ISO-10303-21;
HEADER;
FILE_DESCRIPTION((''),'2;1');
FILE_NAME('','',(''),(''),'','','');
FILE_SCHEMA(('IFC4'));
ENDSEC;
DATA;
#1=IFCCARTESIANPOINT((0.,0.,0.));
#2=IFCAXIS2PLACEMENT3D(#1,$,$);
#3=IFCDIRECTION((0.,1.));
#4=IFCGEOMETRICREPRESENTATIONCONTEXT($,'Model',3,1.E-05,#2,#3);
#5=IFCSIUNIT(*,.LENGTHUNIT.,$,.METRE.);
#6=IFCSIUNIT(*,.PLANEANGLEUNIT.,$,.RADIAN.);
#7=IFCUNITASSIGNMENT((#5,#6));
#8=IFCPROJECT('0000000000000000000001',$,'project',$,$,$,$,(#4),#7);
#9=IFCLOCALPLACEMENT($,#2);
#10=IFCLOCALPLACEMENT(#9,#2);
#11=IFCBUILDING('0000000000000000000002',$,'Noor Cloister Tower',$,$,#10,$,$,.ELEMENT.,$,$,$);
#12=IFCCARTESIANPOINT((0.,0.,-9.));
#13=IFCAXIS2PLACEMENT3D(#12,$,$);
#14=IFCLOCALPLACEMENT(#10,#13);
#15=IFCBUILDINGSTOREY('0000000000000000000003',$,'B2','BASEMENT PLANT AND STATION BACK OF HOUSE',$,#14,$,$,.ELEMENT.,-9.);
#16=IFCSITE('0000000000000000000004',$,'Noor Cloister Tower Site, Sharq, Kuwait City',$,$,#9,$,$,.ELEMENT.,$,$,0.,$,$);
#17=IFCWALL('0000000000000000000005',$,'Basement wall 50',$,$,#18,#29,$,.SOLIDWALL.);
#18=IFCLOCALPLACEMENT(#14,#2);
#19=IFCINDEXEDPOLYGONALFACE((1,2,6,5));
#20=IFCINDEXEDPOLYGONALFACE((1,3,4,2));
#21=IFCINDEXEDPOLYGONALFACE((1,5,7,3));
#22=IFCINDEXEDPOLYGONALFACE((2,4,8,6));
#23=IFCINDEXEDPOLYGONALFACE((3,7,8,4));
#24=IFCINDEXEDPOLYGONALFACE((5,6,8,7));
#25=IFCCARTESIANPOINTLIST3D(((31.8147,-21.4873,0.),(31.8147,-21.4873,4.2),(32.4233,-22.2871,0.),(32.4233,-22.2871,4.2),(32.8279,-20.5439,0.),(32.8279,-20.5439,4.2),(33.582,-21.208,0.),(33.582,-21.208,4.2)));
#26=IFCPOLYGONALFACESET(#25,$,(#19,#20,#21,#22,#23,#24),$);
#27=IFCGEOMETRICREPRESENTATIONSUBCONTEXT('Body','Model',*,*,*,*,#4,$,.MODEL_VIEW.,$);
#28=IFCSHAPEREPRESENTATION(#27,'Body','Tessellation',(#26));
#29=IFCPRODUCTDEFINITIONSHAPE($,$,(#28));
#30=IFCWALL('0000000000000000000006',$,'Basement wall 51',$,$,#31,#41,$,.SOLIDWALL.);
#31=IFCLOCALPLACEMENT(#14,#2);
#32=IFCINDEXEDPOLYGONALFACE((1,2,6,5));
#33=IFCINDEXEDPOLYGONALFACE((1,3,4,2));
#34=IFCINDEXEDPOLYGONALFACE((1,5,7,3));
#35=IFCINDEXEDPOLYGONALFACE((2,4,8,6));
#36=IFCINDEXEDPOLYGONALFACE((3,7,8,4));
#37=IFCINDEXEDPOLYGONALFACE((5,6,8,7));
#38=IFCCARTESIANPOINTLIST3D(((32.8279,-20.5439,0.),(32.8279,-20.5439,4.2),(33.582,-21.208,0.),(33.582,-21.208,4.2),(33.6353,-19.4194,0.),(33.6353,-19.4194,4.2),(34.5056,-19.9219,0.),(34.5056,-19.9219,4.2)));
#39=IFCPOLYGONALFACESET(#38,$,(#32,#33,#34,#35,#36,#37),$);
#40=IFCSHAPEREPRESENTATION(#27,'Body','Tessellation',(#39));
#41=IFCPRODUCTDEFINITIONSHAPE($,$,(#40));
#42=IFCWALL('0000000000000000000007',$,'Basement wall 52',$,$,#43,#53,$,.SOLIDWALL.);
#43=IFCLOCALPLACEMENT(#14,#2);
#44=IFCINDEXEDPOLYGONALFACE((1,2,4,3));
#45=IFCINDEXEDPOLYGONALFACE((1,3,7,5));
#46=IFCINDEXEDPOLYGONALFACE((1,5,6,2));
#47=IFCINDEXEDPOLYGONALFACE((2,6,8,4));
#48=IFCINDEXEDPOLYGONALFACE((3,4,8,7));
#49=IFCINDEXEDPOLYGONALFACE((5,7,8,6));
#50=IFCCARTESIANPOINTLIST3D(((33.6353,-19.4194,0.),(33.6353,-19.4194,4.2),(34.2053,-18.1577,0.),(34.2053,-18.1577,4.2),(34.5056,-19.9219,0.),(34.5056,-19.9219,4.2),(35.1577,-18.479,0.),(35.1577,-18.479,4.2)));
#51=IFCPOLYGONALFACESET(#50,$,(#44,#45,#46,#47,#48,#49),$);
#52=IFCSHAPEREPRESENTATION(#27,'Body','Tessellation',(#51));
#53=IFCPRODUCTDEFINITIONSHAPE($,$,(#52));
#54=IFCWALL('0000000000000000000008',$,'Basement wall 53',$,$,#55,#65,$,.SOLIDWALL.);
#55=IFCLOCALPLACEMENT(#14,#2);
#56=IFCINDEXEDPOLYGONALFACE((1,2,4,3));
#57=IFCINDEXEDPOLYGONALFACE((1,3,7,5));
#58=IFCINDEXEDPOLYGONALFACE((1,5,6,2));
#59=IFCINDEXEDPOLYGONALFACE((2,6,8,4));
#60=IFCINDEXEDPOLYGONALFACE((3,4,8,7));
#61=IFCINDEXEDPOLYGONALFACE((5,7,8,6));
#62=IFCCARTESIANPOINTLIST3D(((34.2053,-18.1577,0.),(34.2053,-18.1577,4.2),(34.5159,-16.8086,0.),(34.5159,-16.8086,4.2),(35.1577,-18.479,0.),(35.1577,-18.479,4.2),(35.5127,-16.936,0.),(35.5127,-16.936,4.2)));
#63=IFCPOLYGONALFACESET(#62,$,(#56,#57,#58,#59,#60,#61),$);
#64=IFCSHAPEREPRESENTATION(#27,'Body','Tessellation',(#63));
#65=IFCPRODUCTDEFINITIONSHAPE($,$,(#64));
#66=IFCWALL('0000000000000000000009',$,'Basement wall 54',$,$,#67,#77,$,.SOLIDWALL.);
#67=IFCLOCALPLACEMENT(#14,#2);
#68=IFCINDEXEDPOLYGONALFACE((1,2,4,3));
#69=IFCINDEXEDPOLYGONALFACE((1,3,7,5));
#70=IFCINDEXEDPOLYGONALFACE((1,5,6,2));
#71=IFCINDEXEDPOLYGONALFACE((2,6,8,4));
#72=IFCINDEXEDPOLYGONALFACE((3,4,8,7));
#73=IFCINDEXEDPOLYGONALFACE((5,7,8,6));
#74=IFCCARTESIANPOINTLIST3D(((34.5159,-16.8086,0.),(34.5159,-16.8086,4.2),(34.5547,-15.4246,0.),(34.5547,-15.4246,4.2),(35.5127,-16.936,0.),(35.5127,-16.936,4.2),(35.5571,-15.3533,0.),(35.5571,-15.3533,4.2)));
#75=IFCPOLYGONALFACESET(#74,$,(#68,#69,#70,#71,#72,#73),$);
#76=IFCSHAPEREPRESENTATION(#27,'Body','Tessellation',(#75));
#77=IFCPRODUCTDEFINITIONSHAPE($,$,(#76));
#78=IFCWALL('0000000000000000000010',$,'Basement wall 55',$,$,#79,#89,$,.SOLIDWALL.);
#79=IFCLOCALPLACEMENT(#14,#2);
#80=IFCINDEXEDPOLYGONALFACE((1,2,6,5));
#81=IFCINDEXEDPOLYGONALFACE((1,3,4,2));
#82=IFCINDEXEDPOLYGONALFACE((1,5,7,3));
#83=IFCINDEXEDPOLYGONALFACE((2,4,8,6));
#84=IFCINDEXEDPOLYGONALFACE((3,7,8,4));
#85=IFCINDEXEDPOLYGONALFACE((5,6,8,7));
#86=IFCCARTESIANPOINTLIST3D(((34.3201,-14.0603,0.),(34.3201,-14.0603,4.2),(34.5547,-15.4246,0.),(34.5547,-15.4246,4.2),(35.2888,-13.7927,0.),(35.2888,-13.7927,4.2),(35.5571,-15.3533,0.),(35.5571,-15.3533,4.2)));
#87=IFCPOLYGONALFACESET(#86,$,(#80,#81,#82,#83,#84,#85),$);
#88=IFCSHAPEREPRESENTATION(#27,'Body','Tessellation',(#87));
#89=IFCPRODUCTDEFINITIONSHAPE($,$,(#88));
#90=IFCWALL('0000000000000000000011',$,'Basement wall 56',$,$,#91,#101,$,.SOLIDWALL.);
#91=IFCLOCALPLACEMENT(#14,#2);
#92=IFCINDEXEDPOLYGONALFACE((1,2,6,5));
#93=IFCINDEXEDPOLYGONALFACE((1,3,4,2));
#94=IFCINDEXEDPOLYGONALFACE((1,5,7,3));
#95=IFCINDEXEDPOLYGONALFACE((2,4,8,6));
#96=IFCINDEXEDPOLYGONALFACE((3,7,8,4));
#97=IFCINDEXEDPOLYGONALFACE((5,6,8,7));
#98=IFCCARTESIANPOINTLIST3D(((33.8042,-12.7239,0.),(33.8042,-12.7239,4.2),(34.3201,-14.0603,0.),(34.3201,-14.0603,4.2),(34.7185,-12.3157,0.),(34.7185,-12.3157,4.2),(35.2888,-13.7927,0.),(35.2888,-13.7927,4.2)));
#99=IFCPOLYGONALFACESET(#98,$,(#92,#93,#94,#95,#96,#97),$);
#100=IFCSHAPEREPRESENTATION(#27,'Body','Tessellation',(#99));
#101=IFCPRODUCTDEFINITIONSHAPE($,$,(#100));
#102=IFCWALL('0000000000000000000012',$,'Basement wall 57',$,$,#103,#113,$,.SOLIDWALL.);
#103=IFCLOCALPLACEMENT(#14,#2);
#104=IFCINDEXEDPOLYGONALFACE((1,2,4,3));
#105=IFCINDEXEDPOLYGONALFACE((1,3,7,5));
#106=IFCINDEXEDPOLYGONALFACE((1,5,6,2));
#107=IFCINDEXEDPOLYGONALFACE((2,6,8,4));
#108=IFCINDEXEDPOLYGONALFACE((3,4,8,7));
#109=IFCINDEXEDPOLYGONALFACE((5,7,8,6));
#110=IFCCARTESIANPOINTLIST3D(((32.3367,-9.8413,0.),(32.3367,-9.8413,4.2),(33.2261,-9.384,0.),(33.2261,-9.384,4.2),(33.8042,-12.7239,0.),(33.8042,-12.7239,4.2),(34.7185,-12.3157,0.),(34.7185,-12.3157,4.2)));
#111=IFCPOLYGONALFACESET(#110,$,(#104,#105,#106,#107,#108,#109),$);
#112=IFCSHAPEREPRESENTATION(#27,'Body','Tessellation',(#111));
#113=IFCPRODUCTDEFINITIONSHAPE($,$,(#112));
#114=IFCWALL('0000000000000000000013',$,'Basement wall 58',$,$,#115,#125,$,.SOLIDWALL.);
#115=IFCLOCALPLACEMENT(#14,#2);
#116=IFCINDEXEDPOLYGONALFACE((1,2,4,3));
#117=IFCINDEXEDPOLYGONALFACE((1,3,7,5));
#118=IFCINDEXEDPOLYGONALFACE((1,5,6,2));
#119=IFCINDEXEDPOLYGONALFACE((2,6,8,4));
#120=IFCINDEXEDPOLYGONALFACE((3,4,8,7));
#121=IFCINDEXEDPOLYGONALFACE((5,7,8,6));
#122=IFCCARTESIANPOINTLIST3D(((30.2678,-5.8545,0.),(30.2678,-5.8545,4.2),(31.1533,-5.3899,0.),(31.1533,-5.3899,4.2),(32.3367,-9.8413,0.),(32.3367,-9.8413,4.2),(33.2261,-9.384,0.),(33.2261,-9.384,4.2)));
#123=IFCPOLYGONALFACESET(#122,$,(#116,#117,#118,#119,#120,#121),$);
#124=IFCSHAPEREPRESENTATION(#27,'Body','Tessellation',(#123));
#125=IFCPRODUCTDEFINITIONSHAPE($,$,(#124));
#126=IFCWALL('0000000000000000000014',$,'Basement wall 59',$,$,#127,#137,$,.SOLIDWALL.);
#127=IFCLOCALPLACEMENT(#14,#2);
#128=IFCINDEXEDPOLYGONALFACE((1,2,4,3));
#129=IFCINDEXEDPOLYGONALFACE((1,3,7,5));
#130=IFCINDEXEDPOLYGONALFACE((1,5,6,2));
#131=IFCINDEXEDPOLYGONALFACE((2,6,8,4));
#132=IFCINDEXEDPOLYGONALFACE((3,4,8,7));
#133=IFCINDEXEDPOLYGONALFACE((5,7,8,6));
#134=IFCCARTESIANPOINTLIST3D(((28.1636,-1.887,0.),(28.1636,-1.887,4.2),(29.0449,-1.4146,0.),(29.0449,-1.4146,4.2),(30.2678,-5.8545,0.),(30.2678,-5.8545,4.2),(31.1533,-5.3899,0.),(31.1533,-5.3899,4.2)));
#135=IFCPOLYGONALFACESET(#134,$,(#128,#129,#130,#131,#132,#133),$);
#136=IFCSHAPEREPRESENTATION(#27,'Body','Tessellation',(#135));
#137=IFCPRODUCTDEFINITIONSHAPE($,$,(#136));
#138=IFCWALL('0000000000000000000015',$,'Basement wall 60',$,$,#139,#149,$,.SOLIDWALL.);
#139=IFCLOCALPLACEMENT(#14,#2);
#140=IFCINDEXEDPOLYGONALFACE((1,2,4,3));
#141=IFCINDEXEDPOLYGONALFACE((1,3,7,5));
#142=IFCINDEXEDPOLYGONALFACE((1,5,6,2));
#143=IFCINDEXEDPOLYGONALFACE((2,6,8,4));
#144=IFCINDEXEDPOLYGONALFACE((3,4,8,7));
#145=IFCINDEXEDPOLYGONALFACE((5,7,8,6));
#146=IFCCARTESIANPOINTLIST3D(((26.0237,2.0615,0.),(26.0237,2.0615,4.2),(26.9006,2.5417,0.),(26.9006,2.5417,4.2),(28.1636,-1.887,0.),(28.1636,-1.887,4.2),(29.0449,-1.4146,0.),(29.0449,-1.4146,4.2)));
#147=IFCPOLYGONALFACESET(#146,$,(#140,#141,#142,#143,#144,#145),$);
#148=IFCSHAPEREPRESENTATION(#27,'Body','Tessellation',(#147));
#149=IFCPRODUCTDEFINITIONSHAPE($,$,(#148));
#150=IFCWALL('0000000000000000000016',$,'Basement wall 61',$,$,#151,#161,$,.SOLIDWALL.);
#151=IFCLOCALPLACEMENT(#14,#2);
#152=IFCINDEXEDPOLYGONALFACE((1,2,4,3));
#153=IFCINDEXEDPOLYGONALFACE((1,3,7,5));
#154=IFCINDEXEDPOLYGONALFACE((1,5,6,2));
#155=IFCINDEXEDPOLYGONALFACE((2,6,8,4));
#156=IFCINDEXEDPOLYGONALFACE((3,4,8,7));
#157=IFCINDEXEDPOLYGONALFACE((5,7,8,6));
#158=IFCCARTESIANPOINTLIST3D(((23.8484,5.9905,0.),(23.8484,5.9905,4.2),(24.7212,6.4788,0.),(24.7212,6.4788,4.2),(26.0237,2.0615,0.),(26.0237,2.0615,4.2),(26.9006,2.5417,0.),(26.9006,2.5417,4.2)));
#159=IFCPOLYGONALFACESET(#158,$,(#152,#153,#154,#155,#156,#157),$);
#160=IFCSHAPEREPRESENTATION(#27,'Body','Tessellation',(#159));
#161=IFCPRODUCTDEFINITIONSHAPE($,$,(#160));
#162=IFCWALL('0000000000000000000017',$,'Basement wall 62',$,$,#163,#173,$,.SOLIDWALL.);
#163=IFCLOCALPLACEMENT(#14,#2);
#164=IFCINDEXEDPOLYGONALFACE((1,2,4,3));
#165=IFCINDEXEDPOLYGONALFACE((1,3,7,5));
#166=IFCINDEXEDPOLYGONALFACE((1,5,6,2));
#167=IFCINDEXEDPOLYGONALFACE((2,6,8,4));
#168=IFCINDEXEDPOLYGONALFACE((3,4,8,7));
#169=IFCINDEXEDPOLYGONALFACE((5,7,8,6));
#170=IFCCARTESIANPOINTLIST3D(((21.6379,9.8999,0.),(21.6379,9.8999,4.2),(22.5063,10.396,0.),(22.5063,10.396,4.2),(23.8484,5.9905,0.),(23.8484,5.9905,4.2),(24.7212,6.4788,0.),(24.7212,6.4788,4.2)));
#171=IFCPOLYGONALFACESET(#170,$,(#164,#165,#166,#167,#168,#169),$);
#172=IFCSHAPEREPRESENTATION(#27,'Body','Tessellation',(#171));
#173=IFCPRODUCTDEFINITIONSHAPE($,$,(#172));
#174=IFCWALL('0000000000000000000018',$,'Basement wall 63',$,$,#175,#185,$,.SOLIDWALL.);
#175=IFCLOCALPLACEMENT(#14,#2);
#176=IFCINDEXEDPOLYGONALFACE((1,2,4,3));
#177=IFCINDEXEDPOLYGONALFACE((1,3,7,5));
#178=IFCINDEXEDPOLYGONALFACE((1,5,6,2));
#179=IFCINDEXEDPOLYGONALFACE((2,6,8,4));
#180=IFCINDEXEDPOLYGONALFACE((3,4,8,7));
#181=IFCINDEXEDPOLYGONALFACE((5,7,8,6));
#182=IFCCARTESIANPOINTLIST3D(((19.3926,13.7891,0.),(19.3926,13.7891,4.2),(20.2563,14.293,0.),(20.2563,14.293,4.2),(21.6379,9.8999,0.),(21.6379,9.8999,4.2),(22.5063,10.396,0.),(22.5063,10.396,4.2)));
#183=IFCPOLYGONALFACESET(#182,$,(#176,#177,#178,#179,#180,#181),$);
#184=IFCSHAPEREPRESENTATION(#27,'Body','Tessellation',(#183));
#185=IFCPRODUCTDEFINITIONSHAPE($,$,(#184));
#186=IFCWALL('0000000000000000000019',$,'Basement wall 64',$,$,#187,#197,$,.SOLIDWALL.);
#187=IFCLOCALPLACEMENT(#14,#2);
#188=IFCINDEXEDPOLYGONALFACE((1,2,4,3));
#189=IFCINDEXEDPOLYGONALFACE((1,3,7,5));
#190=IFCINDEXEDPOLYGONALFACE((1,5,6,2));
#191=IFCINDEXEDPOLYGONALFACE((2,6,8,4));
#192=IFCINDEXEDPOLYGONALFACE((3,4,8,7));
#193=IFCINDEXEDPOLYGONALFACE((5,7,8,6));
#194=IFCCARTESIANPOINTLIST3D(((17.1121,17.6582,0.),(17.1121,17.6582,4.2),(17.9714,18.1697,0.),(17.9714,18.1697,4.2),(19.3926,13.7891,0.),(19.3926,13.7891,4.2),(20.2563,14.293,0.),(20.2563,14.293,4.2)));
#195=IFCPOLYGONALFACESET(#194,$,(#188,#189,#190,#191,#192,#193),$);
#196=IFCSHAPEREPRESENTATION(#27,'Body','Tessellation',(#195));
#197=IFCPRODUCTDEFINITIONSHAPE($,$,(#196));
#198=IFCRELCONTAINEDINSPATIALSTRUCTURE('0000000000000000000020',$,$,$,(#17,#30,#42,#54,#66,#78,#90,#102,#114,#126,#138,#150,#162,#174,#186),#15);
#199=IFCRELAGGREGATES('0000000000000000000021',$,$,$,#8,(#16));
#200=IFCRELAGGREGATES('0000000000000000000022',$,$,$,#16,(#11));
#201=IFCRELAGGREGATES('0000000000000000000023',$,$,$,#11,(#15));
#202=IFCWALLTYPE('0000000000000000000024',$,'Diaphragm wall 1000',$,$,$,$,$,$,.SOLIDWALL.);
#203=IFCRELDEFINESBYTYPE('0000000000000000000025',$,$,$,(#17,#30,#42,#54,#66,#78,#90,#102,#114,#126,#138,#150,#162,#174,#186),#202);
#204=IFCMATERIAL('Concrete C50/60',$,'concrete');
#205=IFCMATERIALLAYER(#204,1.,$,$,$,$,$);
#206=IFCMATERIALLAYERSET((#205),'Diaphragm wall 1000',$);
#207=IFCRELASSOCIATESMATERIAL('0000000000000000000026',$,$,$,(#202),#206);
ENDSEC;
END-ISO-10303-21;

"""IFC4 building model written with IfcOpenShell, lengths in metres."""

from ifc_helpers import new_model, si_unit, direction, frame, origin, place, context, subcontext, project, spatial, polyline, outline, extrude, material, layer, layer_set, type_object, element, save


model = new_model("IFC4")

# Units and contexts
model_context = context("Model", 3, precision=1e-05, world=origin(), true_north=direction((0.0, 1.0)))
body_context = subcontext(model_context, "Body", "Model", "MODEL_VIEW")
ifc_project = project(units=[si_unit("LENGTHUNIT", "METRE"), si_unit("PLANEANGLEUNIT", "RADIAN")], contexts=[model_context])

# Site, building, storey
site_placement = place(None, origin())
site = spatial("IfcSite", under=ifc_project, at=site_placement, Name="Noor Cloister Tower Site, Sharq, Kuwait City", CompositionType="ELEMENT", RefElevation=0.0)
building_placement = place(site_placement, origin())
building = spatial("IfcBuilding", under=site, at=building_placement, Name="Noor Cloister Tower", CompositionType="ELEMENT")
storey_placement = place(building_placement, frame((0.0, 0.0, -9.0)))
storey = spatial("IfcBuildingStorey", under=building, at=storey_placement, Name="B2", Description="BASEMENT PLANT AND STATION BACK OF HOUSE", CompositionType="ELEMENT", Elevation=-9.0)

# Walls
ifc_material_1 = material(Name="Concrete C50/60", Category="concrete")
ifc_layer_1 = layer(ifc_material_1, 1.0)
ifc_layer_set_1 = layer_set([ifc_layer_1], Name="Diaphragm wall 1000")
wall_type_1 = type_object("IfcWallType", Name="Diaphragm wall 1000", PredefinedType="SOLIDWALL", material=ifc_layer_set_1)
wall_1_placement = place(storey_placement, origin())
element("IfcWall", 1, at=wall_1_placement, inside=storey, type_object=wall_type_1, Name="Basement wall 50", PredefinedType="SOLIDWALL", context=body_context, shape_type="SweptSolid", body=[
    extrude(outline(polyline([(32.4233, -22.2871), (33.582, -21.208), (32.8279, -20.5439), (31.8147, -21.4873), (32.4233, -22.2871)])), origin(), (0.0, 0.0, 1.0), 4.2),
])
wall_2_placement = place(storey_placement, origin())
element("IfcWall", 2, at=wall_2_placement, inside=storey, type_object=wall_type_1, Name="Basement wall 51", PredefinedType="SOLIDWALL", context=body_context, shape_type="SweptSolid", body=[
    extrude(outline(polyline([(33.582, -21.208), (34.5056, -19.9219), (33.6353, -19.4194), (32.8279, -20.5439), (33.582, -21.208)])), origin(), (0.0, 0.0, 1.0), 4.2),
])
wall_3_placement = place(storey_placement, origin())
element("IfcWall", 3, at=wall_3_placement, inside=storey, type_object=wall_type_1, Name="Basement wall 52", PredefinedType="SOLIDWALL", context=body_context, shape_type="SweptSolid", body=[
    extrude(outline(polyline([(34.5056, -19.9219), (35.1577, -18.479), (34.2053, -18.1577), (33.6353, -19.4194), (34.5056, -19.9219)])), origin(), (0.0, 0.0, 1.0), 4.2),
])
wall_4_placement = place(storey_placement, origin())
element("IfcWall", 4, at=wall_4_placement, inside=storey, type_object=wall_type_1, Name="Basement wall 53", PredefinedType="SOLIDWALL", context=body_context, shape_type="SweptSolid", body=[
    extrude(outline(polyline([(35.1577, -18.479), (35.5127, -16.936), (34.5159, -16.8086), (34.2053, -18.1577), (35.1577, -18.479)])), origin(), (0.0, 0.0, 1.0), 4.2),
])
wall_5_placement = place(storey_placement, origin())
element("IfcWall", 5, at=wall_5_placement, inside=storey, type_object=wall_type_1, Name="Basement wall 54", PredefinedType="SOLIDWALL", context=body_context, shape_type="SweptSolid", body=[
    extrude(outline(polyline([(35.5127, -16.936), (35.5571, -15.3533), (34.5547, -15.4246), (34.5159, -16.8086), (35.5127, -16.936)])), origin(), (0.0, 0.0, 1.0), 4.2),
])
wall_6_placement = place(storey_placement, origin())
element("IfcWall", 6, at=wall_6_placement, inside=storey, type_object=wall_type_1, Name="Basement wall 55", PredefinedType="SOLIDWALL", context=body_context, shape_type="SweptSolid", body=[
    extrude(outline(polyline([(35.5571, -15.3533), (35.2888, -13.7927), (34.3201, -14.0603), (34.5547, -15.4246), (35.5571, -15.3533)])), origin(), (0.0, 0.0, 1.0), 4.2),
])
wall_7_placement = place(storey_placement, origin())
element("IfcWall", 7, at=wall_7_placement, inside=storey, type_object=wall_type_1, Name="Basement wall 56", PredefinedType="SOLIDWALL", context=body_context, shape_type="SweptSolid", body=[
    extrude(outline(polyline([(35.2888, -13.7927), (34.7185, -12.3157), (33.8042, -12.7239), (34.3201, -14.0603), (35.2888, -13.7927)])), origin(), (0.0, 0.0, 1.0), 4.2),
])
wall_8_placement = place(storey_placement, origin())
element("IfcWall", 8, at=wall_8_placement, inside=storey, type_object=wall_type_1, Name="Basement wall 57", PredefinedType="SOLIDWALL", context=body_context, shape_type="SweptSolid", body=[
    extrude(outline(polyline([(34.7185, -12.3157), (33.2261, -9.384), (32.3367, -9.8413), (33.8042, -12.7239), (34.7185, -12.3157)])), origin(), (0.0, 0.0, 1.0), 4.2),
])
wall_9_placement = place(storey_placement, origin())
element("IfcWall", 9, at=wall_9_placement, inside=storey, type_object=wall_type_1, Name="Basement wall 58", PredefinedType="SOLIDWALL", context=body_context, shape_type="SweptSolid", body=[
    extrude(outline(polyline([(33.2261, -9.384), (31.1533, -5.3899), (30.2678, -5.8545), (32.3367, -9.8413), (33.2261, -9.384)])), origin(), (0.0, 0.0, 1.0), 4.2),
])
wall_10_placement = place(storey_placement, origin())
element("IfcWall", 10, at=wall_10_placement, inside=storey, type_object=wall_type_1, Name="Basement wall 59", PredefinedType="SOLIDWALL", context=body_context, shape_type="SweptSolid", body=[
    extrude(outline(polyline([(31.1533, -5.3899), (29.0449, -1.4146), (28.1636, -1.887), (30.2678, -5.8545), (31.1533, -5.3899)])), origin(), (0.0, 0.0, 1.0), 4.2),
])
wall_11_placement = place(storey_placement, origin())
element("IfcWall", 11, at=wall_11_placement, inside=storey, type_object=wall_type_1, Name="Basement wall 60", PredefinedType="SOLIDWALL", context=body_context, shape_type="SweptSolid", body=[
    extrude(outline(polyline([(29.0449, -1.4146), (26.9006, 2.5417), (26.0237, 2.0615), (28.1636, -1.887), (29.0449, -1.4146)])), origin(), (0.0, 0.0, 1.0), 4.2),
])
wall_12_placement = place(storey_placement, origin())
element("IfcWall", 12, at=wall_12_placement, inside=storey, type_object=wall_type_1, Name="Basement wall 61", PredefinedType="SOLIDWALL", context=body_context, shape_type="SweptSolid", body=[
    extrude(outline(polyline([(26.9006, 2.5417), (24.7212, 6.4788), (23.8484, 5.9905), (26.0237, 2.0615), (26.9006, 2.5417)])), origin(), (0.0, 0.0, 1.0), 4.2),
])
wall_13_placement = place(storey_placement, origin())
element("IfcWall", 13, at=wall_13_placement, inside=storey, type_object=wall_type_1, Name="Basement wall 62", PredefinedType="SOLIDWALL", context=body_context, shape_type="SweptSolid", body=[
    extrude(outline(polyline([(24.7212, 6.4788), (22.5063, 10.396), (21.6379, 9.8999), (23.8484, 5.9905), (24.7212, 6.4788)])), origin(), (0.0, 0.0, 1.0), 4.2),
])
wall_14_placement = place(storey_placement, origin())
element("IfcWall", 14, at=wall_14_placement, inside=storey, type_object=wall_type_1, Name="Basement wall 63", PredefinedType="SOLIDWALL", context=body_context, shape_type="SweptSolid", body=[
    extrude(outline(polyline([(22.5063, 10.396), (20.2563, 14.293), (19.3926, 13.7891), (21.6379, 9.8999), (22.5063, 10.396)])), origin(), (0.0, 0.0, 1.0), 4.2),
])
wall_15_placement = place(storey_placement, origin())
element("IfcWall", 15, at=wall_15_placement, inside=storey, type_object=wall_type_1, Name="Basement wall 64", PredefinedType="SOLIDWALL", context=body_context, shape_type="SweptSolid", body=[
    extrude(outline(polyline([(20.2563, 14.293), (17.9714, 18.1697), (17.1121, 17.6582), (19.3926, 13.7891), (20.2563, 14.293)])), origin(), (0.0, 0.0, 1.0), 4.2),
])

save(model, "model.ifc")
